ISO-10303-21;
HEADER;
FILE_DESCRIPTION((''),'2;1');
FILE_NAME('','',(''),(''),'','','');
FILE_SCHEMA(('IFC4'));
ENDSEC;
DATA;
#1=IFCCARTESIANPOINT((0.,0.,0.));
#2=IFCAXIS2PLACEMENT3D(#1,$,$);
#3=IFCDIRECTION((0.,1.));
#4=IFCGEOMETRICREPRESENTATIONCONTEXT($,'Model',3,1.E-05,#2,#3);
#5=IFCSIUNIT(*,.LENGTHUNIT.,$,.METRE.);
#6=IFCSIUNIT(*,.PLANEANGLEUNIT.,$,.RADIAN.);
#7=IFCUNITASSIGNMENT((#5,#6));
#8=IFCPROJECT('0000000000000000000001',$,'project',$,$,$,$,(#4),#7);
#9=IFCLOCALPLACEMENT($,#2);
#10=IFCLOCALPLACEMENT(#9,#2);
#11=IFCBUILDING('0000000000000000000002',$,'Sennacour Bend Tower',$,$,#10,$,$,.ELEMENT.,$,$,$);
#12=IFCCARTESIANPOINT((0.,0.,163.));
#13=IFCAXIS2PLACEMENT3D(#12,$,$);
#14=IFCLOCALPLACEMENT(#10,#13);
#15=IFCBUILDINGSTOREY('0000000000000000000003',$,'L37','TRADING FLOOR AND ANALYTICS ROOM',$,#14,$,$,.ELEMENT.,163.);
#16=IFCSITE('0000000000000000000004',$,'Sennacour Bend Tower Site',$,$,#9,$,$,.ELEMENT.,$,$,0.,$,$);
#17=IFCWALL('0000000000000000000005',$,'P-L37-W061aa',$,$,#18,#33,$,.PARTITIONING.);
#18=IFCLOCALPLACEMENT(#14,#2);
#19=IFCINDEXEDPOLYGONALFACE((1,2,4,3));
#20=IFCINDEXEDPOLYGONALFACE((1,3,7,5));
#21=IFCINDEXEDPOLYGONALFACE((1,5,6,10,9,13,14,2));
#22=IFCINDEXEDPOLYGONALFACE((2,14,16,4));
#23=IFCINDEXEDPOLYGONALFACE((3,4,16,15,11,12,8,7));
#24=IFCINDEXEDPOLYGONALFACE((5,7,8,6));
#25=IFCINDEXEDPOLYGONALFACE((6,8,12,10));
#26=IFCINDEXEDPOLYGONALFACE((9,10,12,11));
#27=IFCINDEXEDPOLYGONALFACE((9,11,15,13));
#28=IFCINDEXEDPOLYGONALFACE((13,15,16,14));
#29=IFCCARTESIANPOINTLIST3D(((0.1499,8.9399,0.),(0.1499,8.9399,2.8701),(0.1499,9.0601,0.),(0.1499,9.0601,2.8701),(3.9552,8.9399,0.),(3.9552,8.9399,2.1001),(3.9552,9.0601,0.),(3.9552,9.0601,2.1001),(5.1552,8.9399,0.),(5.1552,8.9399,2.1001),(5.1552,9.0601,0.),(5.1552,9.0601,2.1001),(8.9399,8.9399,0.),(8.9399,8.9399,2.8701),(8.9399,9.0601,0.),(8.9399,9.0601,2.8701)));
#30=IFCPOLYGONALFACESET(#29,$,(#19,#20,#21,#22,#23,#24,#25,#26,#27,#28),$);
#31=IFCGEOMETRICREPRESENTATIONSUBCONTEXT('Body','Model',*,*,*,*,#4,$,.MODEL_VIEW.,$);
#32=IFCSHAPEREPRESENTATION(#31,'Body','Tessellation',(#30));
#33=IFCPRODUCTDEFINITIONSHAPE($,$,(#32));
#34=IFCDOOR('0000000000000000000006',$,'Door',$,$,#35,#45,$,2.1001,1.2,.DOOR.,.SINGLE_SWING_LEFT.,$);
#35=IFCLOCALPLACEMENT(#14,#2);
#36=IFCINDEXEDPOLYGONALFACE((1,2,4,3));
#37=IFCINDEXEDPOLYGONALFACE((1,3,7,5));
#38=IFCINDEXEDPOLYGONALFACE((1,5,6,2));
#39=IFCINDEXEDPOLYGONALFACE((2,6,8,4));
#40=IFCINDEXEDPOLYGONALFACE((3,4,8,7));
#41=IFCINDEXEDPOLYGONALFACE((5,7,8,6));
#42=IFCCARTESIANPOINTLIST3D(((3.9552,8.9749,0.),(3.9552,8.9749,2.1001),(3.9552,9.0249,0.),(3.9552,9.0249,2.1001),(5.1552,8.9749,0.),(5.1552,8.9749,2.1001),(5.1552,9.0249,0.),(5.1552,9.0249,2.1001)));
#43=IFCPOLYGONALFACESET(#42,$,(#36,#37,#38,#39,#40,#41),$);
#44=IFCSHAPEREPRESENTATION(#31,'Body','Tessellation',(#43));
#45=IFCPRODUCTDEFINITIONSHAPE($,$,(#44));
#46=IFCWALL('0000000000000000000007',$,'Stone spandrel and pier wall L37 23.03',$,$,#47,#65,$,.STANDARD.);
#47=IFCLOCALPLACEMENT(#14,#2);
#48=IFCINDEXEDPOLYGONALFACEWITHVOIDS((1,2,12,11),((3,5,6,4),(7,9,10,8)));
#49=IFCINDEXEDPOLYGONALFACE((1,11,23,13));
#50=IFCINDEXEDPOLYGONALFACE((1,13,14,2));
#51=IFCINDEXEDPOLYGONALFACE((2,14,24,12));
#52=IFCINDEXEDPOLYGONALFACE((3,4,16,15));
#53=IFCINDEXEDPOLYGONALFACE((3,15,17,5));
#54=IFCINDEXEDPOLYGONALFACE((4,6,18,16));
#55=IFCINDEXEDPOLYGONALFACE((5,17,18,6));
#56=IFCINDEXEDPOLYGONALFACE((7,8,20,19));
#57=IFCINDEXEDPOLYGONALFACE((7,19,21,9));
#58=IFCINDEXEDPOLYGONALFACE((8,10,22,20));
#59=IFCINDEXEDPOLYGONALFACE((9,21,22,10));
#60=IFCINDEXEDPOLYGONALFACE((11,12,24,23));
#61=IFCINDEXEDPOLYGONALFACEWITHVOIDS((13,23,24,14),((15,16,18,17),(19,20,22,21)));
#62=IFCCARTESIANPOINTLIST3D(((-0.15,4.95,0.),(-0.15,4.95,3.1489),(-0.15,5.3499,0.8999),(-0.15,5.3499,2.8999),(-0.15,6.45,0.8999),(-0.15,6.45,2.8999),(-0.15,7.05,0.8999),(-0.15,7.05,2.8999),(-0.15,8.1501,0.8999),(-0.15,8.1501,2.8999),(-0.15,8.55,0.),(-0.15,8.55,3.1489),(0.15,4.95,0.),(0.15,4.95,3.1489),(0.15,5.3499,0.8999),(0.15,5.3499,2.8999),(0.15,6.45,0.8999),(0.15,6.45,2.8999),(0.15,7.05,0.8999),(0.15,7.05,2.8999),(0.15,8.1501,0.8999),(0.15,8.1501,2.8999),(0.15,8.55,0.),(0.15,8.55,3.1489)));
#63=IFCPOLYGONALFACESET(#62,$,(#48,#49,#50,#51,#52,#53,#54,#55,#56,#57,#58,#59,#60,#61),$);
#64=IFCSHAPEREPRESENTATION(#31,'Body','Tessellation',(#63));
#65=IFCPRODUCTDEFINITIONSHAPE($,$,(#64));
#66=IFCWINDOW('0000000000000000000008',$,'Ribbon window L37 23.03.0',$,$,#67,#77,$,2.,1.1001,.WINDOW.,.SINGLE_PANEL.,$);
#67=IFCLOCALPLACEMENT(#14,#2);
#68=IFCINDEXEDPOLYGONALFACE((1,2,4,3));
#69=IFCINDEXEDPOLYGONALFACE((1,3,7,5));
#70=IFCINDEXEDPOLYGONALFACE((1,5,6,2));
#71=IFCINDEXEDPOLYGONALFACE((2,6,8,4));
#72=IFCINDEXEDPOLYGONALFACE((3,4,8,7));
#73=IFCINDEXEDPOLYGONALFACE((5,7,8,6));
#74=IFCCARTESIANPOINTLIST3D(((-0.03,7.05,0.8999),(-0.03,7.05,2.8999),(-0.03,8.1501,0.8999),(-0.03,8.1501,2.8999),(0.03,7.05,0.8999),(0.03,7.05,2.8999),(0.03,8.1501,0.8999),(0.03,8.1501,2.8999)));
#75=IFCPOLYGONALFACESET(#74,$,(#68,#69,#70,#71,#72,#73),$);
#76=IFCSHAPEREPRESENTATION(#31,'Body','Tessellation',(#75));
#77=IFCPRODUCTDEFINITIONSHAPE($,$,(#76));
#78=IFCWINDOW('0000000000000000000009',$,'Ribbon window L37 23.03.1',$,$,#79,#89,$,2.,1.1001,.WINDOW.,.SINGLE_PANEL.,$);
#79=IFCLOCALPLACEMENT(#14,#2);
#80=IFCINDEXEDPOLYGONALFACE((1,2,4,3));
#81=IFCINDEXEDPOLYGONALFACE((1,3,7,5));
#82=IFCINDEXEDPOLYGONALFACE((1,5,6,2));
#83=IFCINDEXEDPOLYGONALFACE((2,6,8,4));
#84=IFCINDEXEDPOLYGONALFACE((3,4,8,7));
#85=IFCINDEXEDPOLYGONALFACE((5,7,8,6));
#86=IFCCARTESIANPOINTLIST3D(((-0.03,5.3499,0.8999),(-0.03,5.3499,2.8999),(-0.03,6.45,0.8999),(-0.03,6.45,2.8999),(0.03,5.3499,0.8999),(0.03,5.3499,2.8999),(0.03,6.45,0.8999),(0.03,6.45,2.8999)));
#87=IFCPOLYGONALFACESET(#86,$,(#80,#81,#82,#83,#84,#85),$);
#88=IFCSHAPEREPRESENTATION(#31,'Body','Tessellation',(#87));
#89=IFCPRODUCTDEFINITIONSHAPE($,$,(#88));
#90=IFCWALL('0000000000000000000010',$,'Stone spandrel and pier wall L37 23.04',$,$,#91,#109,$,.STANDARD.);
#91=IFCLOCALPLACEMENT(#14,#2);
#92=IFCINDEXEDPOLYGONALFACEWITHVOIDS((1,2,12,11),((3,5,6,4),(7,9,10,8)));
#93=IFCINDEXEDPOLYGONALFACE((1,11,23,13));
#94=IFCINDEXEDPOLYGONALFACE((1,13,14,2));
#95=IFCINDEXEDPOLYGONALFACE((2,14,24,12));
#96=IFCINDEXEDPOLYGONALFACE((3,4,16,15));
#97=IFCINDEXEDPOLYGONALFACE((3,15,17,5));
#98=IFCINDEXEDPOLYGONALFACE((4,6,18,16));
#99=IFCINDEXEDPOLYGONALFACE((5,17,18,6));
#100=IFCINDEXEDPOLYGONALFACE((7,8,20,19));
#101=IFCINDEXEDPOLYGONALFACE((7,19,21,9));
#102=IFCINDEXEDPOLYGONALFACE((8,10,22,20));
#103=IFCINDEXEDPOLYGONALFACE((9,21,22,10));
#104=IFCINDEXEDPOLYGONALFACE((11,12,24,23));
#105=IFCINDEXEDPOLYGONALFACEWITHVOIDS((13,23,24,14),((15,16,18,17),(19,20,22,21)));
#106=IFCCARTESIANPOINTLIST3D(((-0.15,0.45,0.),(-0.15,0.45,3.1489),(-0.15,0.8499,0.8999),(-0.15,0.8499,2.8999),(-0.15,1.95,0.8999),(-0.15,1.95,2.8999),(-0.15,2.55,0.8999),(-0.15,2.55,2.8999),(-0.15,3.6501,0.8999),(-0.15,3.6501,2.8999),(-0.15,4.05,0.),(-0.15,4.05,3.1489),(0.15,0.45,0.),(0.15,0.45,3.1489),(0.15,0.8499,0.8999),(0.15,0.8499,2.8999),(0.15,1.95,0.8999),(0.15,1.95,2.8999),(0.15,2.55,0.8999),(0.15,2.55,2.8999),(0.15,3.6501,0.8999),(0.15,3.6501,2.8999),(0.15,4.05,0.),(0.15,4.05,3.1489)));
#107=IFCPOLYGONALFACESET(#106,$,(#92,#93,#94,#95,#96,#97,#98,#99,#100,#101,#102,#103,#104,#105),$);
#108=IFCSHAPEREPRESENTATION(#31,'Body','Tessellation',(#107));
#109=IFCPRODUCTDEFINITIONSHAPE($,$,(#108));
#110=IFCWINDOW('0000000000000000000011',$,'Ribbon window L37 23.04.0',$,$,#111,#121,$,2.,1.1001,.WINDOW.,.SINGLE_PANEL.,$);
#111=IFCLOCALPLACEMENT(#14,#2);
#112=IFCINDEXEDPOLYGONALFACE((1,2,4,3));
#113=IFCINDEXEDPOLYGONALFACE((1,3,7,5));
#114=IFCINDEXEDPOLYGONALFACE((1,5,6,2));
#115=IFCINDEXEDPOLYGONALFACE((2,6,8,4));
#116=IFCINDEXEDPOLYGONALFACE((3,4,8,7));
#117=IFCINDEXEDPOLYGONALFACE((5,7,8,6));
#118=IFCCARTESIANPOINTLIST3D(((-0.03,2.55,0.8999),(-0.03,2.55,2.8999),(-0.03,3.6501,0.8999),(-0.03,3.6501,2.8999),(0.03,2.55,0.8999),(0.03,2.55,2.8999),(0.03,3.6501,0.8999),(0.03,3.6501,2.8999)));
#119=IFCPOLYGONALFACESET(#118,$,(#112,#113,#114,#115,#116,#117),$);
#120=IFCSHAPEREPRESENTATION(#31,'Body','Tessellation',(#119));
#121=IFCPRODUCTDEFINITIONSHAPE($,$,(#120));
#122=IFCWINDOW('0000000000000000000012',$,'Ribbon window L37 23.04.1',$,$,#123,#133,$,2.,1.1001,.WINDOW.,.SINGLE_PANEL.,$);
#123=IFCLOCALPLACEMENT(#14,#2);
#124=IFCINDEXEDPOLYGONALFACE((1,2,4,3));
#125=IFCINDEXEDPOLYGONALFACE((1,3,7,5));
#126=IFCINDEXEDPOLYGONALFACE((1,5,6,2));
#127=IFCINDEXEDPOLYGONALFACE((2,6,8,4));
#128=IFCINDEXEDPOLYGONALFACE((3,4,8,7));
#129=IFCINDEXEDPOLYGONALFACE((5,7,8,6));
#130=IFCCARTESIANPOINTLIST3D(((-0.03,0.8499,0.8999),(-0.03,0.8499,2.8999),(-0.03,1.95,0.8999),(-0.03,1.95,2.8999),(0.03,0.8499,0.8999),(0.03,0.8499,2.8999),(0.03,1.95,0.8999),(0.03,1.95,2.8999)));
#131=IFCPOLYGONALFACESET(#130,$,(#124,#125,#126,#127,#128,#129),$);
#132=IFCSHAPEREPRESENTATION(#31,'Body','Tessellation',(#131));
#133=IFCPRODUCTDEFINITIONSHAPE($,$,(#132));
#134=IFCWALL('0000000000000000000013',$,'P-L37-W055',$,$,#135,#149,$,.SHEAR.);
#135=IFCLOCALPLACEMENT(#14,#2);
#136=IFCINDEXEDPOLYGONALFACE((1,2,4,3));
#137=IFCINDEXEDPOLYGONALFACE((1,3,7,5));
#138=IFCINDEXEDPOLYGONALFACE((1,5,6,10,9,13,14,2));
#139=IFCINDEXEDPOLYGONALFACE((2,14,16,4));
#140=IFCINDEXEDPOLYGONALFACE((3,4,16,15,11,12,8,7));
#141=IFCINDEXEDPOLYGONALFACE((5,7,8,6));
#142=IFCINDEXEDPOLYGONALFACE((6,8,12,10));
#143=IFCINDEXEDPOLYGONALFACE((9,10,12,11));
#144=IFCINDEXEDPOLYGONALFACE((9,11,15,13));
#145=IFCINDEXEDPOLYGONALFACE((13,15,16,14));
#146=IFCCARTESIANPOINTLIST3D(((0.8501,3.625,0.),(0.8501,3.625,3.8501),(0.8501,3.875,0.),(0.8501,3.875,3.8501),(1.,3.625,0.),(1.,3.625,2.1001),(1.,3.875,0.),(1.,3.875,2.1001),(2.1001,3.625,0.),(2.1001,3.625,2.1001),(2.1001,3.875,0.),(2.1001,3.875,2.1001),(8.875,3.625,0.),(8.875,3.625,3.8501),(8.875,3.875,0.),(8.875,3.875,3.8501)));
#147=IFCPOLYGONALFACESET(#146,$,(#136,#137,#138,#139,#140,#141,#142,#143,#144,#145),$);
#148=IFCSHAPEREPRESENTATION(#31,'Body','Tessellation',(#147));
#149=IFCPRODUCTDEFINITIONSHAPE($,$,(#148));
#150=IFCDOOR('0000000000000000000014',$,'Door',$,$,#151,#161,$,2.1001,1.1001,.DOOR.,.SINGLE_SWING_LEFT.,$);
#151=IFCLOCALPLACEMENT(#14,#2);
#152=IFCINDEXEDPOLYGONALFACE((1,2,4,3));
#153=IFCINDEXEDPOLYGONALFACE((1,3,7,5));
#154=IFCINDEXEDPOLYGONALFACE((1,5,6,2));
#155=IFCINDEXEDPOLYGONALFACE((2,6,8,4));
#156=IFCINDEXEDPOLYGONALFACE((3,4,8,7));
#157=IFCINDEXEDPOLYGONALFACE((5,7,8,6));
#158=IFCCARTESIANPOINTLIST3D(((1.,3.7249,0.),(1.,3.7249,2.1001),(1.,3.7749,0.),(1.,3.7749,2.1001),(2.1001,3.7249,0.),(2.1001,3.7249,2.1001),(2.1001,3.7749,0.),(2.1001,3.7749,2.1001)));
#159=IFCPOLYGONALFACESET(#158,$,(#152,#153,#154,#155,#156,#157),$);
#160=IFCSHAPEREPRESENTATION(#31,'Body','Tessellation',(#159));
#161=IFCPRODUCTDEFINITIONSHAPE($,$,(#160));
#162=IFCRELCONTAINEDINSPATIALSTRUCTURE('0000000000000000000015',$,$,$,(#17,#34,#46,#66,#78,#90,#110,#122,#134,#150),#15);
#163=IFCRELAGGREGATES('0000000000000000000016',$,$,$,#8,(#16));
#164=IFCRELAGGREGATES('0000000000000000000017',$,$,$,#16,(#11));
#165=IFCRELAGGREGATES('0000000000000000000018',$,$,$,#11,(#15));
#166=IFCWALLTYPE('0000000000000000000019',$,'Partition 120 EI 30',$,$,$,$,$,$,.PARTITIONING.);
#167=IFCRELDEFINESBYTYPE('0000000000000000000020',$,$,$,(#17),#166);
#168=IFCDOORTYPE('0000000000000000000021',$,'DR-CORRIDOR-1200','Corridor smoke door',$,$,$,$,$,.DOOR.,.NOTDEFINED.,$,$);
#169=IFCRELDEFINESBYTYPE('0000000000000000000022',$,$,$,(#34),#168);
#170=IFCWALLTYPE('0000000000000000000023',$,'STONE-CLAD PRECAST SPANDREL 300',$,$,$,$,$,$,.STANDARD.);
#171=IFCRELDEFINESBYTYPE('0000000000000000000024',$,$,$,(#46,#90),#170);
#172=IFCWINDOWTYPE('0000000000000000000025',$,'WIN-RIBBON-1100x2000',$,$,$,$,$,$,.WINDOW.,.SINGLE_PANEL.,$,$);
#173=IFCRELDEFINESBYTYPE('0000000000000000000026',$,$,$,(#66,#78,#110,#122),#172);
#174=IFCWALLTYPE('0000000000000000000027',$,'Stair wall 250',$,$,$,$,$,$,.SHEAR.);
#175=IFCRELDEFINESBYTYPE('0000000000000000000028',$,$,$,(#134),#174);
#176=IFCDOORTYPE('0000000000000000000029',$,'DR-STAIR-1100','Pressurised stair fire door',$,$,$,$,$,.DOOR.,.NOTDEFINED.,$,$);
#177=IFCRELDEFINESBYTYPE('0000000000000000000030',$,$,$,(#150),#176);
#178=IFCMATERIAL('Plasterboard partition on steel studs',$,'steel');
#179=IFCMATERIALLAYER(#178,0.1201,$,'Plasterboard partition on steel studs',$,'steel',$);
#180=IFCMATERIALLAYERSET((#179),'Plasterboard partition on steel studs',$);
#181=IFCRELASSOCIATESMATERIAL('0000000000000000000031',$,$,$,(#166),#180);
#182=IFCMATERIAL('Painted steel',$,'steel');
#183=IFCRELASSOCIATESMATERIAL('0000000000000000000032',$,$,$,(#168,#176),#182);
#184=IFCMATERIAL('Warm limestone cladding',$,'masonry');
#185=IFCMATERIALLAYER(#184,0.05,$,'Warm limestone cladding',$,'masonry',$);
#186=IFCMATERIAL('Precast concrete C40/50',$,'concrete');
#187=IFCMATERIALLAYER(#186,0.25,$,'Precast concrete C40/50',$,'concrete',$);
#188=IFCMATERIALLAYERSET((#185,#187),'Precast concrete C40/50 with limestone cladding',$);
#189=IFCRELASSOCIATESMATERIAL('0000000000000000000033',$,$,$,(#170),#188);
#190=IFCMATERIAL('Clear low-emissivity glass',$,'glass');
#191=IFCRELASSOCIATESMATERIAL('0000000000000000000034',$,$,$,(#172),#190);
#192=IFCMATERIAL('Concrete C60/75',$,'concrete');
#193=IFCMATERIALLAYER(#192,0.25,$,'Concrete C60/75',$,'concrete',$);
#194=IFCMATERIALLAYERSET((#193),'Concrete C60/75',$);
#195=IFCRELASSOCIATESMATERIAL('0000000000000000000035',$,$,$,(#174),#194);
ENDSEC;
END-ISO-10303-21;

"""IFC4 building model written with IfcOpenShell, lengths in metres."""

from ifc_helpers import new_model, si_unit, direction, frame, frame_2d, origin, place, context, subcontext, project, spatial, rectangle, extrude, material, layer, layer_set, type_object, element, fill, save


model = new_model("IFC4")

# Units and contexts
model_context = context("Model", 3, precision=1e-05, world=origin(), true_north=direction((0.0, 1.0)))
body_context = subcontext(model_context, "Body", "Model", "MODEL_VIEW")
ifc_project = project(units=[si_unit("LENGTHUNIT", "METRE"), si_unit("PLANEANGLEUNIT", "RADIAN")], contexts=[model_context])

# Site, building, storey
site_placement = place(None, origin())
site = spatial("IfcSite", under=ifc_project, at=site_placement, Name="Sennacour Bend Tower Site", CompositionType="ELEMENT", RefElevation=0.0)
building_placement = place(site_placement, origin())
building = spatial("IfcBuilding", under=site, at=building_placement, Name="Sennacour Bend Tower", CompositionType="ELEMENT")
storey_placement = place(building_placement, frame((0.0, 0.0, 163.0)))
storey = spatial("IfcBuildingStorey", under=building, at=storey_placement, Name="L37", Description="TRADING FLOOR AND ANALYTICS ROOM", CompositionType="ELEMENT", Elevation=163.0)

# Shared definitions
ifc_material_1 = material(Name="Plasterboard partition on steel studs", Category="steel")

# Wall, opening, door
ifc_layer_1 = layer(ifc_material_1, 0.1201, Name="Plasterboard partition on steel studs", Category="steel")
ifc_layer_set_1 = layer_set([ifc_layer_1], Name="Plasterboard partition on steel studs")
wall_type_1 = type_object("IfcWallType", Name="Partition 120 EI 30", PredefinedType="PARTITIONING", material=ifc_layer_set_1)
wall_1_placement = place(storey_placement, frame((0.1499, 9.0, 0.0), z_axis=(0.0, 0.0, 1.0), x_axis=(1.0, 0.0, 0.0)))
wall_1 = element("IfcWall", 1, at=wall_1_placement, inside=storey, type_object=wall_type_1, Name="P-L37-W061aa", PredefinedType="PARTITIONING", context=body_context, shape_type="SweptSolid", body=[
    extrude(rectangle(XDim=8.79, YDim=0.1201, at=frame_2d((4.395, 0.0))), origin(), (0.0, 0.0, 1.0), 2.8701),
])
opening_1_placement = place(wall_1_placement, frame((3.8052, 0.0, 0.0)))
opening_1 = element("IfcOpeningElement", 2, at=opening_1_placement, cuts=wall_1, PredefinedType="OPENING", context=body_context, shape_type="SweptSolid", body=[
    extrude(rectangle(XDim=1.2, YDim=2.1001, at=frame_2d((0.6001, 1.05))), frame((0.0, 0.0701, 0.0), z_axis=(0.0, -1.0, 0.0), x_axis=(1.0, 0.0, 0.0)), (0.0, 0.0, 1.0), 0.1401),
])
ifc_material_2 = material(Name="Painted steel", Category="steel")
door_type_1 = type_object("IfcDoorType", Name="DR-CORRIDOR-1200", Description="Corridor smoke door", OperationType="NOTDEFINED", PredefinedType="DOOR", material=ifc_material_2)
door_1_placement = place(opening_1_placement, origin())
door_1 = element("IfcDoor", 3, at=door_1_placement, inside=storey, type_object=door_type_1, Name="Door", OperationType="SINGLE_SWING_LEFT", OverallHeight=2.1001, OverallWidth=1.2, PredefinedType="DOOR", context=body_context, shape_type="SweptSolid", body=[
    extrude(rectangle(XDim=1.2, YDim=2.1001, at=frame_2d((0.6001, 1.05))), frame((0.0, 0.0249, 0.0), z_axis=(0.0, -1.0, 0.0), x_axis=(1.0, 0.0, 0.0)), (0.0, 0.0, 1.0), 0.05),
])
fill(opening_1, door_1)

# Walls, openings, windows
ifc_material_3 = material(Name="Warm limestone cladding", Category="masonry")
ifc_layer_2 = layer(ifc_material_3, 0.05, Name="Warm limestone cladding", Category="masonry")
ifc_material_4 = material(Name="Precast concrete C40/50", Category="concrete")
ifc_layer_3 = layer(ifc_material_4, 0.25, Name="Precast concrete C40/50", Category="concrete")
ifc_layer_set_2 = layer_set([ifc_layer_2, ifc_layer_3], Name="Precast concrete C40/50 with limestone cladding")
wall_type_2 = type_object("IfcWallType", Name="STONE-CLAD PRECAST SPANDREL 300", PredefinedType="STANDARD", material=ifc_layer_set_2)
wall_2_placement = place(storey_placement, frame((0.0, 8.55, 0.0), z_axis=(0.0, 0.0, 1.0), x_axis=(0.0, -1.0, 0.0)))
wall_2 = element("IfcWall", 4, at=wall_2_placement, inside=storey, type_object=wall_type_2, Name="Stone spandrel and pier wall L37 23.03", PredefinedType="STANDARD", context=body_context, shape_type="SweptSolid", body=[
    extrude(rectangle(XDim=3.6001, YDim=0.3, at=frame_2d((1.8, 0.0))), origin(), (0.0, 0.0, 1.0), 3.1489),
])
opening_2_placement = place(wall_2_placement, frame((0.3999, 0.0, 0.8999)))
opening_2 = element("IfcOpeningElement", 5, at=opening_2_placement, cuts=wall_2, PredefinedType="OPENING", context=body_context, shape_type="SweptSolid", body=[
    extrude(rectangle(XDim=1.1001, YDim=2.0, at=frame_2d((0.55, 1.0))), frame((0.0, 0.1602, 0.0), z_axis=(0.0, -1.0, 0.0), x_axis=(1.0, 0.0, 0.0)), (0.0, 0.0, 1.0), 0.3201),
])
opening_3_placement = place(wall_2_placement, frame((2.1001, 0.0, 0.8999)))
opening_3 = element("IfcOpeningElement", 6, at=opening_3_placement, cuts=wall_2, PredefinedType="OPENING", context=body_context, shape_type="SweptSolid", body=[
    extrude(rectangle(XDim=1.1001, YDim=2.0, at=frame_2d((0.55, 1.0))), frame((0.0, 0.1602, 0.0), z_axis=(0.0, -1.0, 0.0), x_axis=(1.0, 0.0, 0.0)), (0.0, 0.0, 1.0), 0.3201),
])
ifc_material_5 = material(Name="Clear low-emissivity glass", Category="glass")
window_type = type_object("IfcWindowType", Name="WIN-RIBBON-1100x2000", PartitioningType="SINGLE_PANEL", PredefinedType="WINDOW", material=ifc_material_5)
window_1_placement = place(opening_2_placement, origin())
window_1 = element("IfcWindow", 7, at=window_1_placement, inside=storey, type_object=window_type, Name="Ribbon window L37 23.03.0", OverallHeight=2.0, OverallWidth=1.1001, PartitioningType="SINGLE_PANEL", PredefinedType="WINDOW", context=body_context, shape_type="SweptSolid", body=[
    extrude(rectangle(XDim=1.1001, YDim=2.0, at=frame_2d((0.55, 1.0))), frame((0.0, 0.03, 0.0), z_axis=(0.0, -1.0, 0.0), x_axis=(1.0, 0.0, 0.0)), (0.0, 0.0, 1.0), 0.0601),
])
fill(opening_2, window_1)
window_2_placement = place(opening_3_placement, origin())
window_2 = element("IfcWindow", 8, at=window_2_placement, inside=storey, type_object=window_type, Name="Ribbon window L37 23.03.1", OverallHeight=2.0, OverallWidth=1.1001, PartitioningType="SINGLE_PANEL", PredefinedType="WINDOW", context=body_context, shape_type="SweptSolid", body=[
    extrude(rectangle(XDim=1.1001, YDim=2.0, at=frame_2d((0.55, 1.0))), frame((0.0, 0.03, 0.0), z_axis=(0.0, -1.0, 0.0), x_axis=(1.0, 0.0, 0.0)), (0.0, 0.0, 1.0), 0.0601),
])
fill(opening_3, window_2)
wall_3_placement = place(storey_placement, frame((0.0, 4.05, 0.0), z_axis=(0.0, 0.0, 1.0), x_axis=(0.0, -1.0, 0.0)))
wall_3 = element("IfcWall", 9, at=wall_3_placement, inside=storey, type_object=wall_type_2, Name="Stone spandrel and pier wall L37 23.04", PredefinedType="STANDARD", context=body_context, shape_type="SweptSolid", body=[
    extrude(rectangle(XDim=3.6001, YDim=0.3, at=frame_2d((1.8, 0.0))), origin(), (0.0, 0.0, 1.0), 3.1489),
])
opening_4_placement = place(wall_3_placement, frame((0.3999, 0.0, 0.8999)))
opening_4 = element("IfcOpeningElement", 10, at=opening_4_placement, cuts=wall_3, PredefinedType="OPENING", context=body_context, shape_type="SweptSolid", body=[
    extrude(rectangle(XDim=1.1001, YDim=2.0, at=frame_2d((0.55, 1.0))), frame((0.0, 0.1602, 0.0), z_axis=(0.0, -1.0, 0.0), x_axis=(1.0, 0.0, 0.0)), (0.0, 0.0, 1.0), 0.3201),
])
opening_5_placement = place(wall_3_placement, frame((2.1001, 0.0, 0.8999)))
opening_5 = element("IfcOpeningElement", 11, at=opening_5_placement, cuts=wall_3, PredefinedType="OPENING", context=body_context, shape_type="SweptSolid", body=[
    extrude(rectangle(XDim=1.1001, YDim=2.0, at=frame_2d((0.55, 1.0))), frame((0.0, 0.1602, 0.0), z_axis=(0.0, -1.0, 0.0), x_axis=(1.0, 0.0, 0.0)), (0.0, 0.0, 1.0), 0.3201),
])
window_3_placement = place(opening_4_placement, origin())
window_3 = element("IfcWindow", 12, at=window_3_placement, inside=storey, type_object=window_type, Name="Ribbon window L37 23.04.0", OverallHeight=2.0, OverallWidth=1.1001, PartitioningType="SINGLE_PANEL", PredefinedType="WINDOW", context=body_context, shape_type="SweptSolid", body=[
    extrude(rectangle(XDim=1.1001, YDim=2.0, at=frame_2d((0.55, 1.0))), frame((0.0, 0.03, 0.0), z_axis=(0.0, -1.0, 0.0), x_axis=(1.0, 0.0, 0.0)), (0.0, 0.0, 1.0), 0.0601),
])
fill(opening_4, window_3)
window_4_placement = place(opening_5_placement, origin())
window_4 = element("IfcWindow", 13, at=window_4_placement, inside=storey, type_object=window_type, Name="Ribbon window L37 23.04.1", OverallHeight=2.0, OverallWidth=1.1001, PartitioningType="SINGLE_PANEL", PredefinedType="WINDOW", context=body_context, shape_type="SweptSolid", body=[
    extrude(rectangle(XDim=1.1001, YDim=2.0, at=frame_2d((0.55, 1.0))), frame((0.0, 0.03, 0.0), z_axis=(0.0, -1.0, 0.0), x_axis=(1.0, 0.0, 0.0)), (0.0, 0.0, 1.0), 0.0601),
])
fill(opening_5, window_4)

# Wall, opening, door
ifc_material_6 = material(Name="Concrete C60/75", Category="concrete")
ifc_layer_4 = layer(ifc_material_6, 0.25, Name="Concrete C60/75", Category="concrete")
ifc_layer_set_3 = layer_set([ifc_layer_4], Name="Concrete C60/75")
wall_type_3 = type_object("IfcWallType", Name="Stair wall 250", PredefinedType="SHEAR", material=ifc_layer_set_3)
wall_4_placement = place(storey_placement, frame((0.8501, 3.75, 0.0), z_axis=(0.0, 0.0, 1.0), x_axis=(1.0, 0.0, 0.0)))
wall_4 = element("IfcWall", 14, at=wall_4_placement, inside=storey, type_object=wall_type_3, Name="P-L37-W055", PredefinedType="SHEAR", context=body_context, shape_type="SweptSolid", body=[
    extrude(rectangle(XDim=8.0249, YDim=0.25, at=frame_2d((4.0125, 0.0))), origin(), (0.0, 0.0, 1.0), 3.8501),
])
opening_6_placement = place(wall_4_placement, frame((0.1499, 0.0, 0.0)))
opening_6 = element("IfcOpeningElement", 15, at=opening_6_placement, cuts=wall_4, PredefinedType="OPENING", context=body_context, shape_type="SweptSolid", body=[
    extrude(rectangle(XDim=1.1001, YDim=2.1001, at=frame_2d((0.55, 1.05))), frame((0.0, 0.135, 0.0), z_axis=(0.0, -1.0, 0.0), x_axis=(1.0, 0.0, 0.0)), (0.0, 0.0, 1.0), 0.27),
])
door_type_2 = type_object("IfcDoorType", Name="DR-STAIR-1100", Description="Pressurised stair fire door", OperationType="NOTDEFINED", PredefinedType="DOOR", material=ifc_material_2)
door_2_placement = place(opening_6_placement, origin())
door_2 = element("IfcDoor", 16, at=door_2_placement, inside=storey, type_object=door_type_2, Name="Door", OperationType="SINGLE_SWING_LEFT", OverallHeight=2.1001, OverallWidth=1.1001, PredefinedType="DOOR", context=body_context, shape_type="SweptSolid", body=[
    extrude(rectangle(XDim=1.1001, YDim=2.1001, at=frame_2d((0.55, 1.05))), frame((0.0, 0.0249, 0.0), z_axis=(0.0, -1.0, 0.0), x_axis=(1.0, 0.0, 0.0)), (0.0, 0.0, 1.0), 0.05),
])
fill(opening_6, door_2)

save(model, "model.ifc")
